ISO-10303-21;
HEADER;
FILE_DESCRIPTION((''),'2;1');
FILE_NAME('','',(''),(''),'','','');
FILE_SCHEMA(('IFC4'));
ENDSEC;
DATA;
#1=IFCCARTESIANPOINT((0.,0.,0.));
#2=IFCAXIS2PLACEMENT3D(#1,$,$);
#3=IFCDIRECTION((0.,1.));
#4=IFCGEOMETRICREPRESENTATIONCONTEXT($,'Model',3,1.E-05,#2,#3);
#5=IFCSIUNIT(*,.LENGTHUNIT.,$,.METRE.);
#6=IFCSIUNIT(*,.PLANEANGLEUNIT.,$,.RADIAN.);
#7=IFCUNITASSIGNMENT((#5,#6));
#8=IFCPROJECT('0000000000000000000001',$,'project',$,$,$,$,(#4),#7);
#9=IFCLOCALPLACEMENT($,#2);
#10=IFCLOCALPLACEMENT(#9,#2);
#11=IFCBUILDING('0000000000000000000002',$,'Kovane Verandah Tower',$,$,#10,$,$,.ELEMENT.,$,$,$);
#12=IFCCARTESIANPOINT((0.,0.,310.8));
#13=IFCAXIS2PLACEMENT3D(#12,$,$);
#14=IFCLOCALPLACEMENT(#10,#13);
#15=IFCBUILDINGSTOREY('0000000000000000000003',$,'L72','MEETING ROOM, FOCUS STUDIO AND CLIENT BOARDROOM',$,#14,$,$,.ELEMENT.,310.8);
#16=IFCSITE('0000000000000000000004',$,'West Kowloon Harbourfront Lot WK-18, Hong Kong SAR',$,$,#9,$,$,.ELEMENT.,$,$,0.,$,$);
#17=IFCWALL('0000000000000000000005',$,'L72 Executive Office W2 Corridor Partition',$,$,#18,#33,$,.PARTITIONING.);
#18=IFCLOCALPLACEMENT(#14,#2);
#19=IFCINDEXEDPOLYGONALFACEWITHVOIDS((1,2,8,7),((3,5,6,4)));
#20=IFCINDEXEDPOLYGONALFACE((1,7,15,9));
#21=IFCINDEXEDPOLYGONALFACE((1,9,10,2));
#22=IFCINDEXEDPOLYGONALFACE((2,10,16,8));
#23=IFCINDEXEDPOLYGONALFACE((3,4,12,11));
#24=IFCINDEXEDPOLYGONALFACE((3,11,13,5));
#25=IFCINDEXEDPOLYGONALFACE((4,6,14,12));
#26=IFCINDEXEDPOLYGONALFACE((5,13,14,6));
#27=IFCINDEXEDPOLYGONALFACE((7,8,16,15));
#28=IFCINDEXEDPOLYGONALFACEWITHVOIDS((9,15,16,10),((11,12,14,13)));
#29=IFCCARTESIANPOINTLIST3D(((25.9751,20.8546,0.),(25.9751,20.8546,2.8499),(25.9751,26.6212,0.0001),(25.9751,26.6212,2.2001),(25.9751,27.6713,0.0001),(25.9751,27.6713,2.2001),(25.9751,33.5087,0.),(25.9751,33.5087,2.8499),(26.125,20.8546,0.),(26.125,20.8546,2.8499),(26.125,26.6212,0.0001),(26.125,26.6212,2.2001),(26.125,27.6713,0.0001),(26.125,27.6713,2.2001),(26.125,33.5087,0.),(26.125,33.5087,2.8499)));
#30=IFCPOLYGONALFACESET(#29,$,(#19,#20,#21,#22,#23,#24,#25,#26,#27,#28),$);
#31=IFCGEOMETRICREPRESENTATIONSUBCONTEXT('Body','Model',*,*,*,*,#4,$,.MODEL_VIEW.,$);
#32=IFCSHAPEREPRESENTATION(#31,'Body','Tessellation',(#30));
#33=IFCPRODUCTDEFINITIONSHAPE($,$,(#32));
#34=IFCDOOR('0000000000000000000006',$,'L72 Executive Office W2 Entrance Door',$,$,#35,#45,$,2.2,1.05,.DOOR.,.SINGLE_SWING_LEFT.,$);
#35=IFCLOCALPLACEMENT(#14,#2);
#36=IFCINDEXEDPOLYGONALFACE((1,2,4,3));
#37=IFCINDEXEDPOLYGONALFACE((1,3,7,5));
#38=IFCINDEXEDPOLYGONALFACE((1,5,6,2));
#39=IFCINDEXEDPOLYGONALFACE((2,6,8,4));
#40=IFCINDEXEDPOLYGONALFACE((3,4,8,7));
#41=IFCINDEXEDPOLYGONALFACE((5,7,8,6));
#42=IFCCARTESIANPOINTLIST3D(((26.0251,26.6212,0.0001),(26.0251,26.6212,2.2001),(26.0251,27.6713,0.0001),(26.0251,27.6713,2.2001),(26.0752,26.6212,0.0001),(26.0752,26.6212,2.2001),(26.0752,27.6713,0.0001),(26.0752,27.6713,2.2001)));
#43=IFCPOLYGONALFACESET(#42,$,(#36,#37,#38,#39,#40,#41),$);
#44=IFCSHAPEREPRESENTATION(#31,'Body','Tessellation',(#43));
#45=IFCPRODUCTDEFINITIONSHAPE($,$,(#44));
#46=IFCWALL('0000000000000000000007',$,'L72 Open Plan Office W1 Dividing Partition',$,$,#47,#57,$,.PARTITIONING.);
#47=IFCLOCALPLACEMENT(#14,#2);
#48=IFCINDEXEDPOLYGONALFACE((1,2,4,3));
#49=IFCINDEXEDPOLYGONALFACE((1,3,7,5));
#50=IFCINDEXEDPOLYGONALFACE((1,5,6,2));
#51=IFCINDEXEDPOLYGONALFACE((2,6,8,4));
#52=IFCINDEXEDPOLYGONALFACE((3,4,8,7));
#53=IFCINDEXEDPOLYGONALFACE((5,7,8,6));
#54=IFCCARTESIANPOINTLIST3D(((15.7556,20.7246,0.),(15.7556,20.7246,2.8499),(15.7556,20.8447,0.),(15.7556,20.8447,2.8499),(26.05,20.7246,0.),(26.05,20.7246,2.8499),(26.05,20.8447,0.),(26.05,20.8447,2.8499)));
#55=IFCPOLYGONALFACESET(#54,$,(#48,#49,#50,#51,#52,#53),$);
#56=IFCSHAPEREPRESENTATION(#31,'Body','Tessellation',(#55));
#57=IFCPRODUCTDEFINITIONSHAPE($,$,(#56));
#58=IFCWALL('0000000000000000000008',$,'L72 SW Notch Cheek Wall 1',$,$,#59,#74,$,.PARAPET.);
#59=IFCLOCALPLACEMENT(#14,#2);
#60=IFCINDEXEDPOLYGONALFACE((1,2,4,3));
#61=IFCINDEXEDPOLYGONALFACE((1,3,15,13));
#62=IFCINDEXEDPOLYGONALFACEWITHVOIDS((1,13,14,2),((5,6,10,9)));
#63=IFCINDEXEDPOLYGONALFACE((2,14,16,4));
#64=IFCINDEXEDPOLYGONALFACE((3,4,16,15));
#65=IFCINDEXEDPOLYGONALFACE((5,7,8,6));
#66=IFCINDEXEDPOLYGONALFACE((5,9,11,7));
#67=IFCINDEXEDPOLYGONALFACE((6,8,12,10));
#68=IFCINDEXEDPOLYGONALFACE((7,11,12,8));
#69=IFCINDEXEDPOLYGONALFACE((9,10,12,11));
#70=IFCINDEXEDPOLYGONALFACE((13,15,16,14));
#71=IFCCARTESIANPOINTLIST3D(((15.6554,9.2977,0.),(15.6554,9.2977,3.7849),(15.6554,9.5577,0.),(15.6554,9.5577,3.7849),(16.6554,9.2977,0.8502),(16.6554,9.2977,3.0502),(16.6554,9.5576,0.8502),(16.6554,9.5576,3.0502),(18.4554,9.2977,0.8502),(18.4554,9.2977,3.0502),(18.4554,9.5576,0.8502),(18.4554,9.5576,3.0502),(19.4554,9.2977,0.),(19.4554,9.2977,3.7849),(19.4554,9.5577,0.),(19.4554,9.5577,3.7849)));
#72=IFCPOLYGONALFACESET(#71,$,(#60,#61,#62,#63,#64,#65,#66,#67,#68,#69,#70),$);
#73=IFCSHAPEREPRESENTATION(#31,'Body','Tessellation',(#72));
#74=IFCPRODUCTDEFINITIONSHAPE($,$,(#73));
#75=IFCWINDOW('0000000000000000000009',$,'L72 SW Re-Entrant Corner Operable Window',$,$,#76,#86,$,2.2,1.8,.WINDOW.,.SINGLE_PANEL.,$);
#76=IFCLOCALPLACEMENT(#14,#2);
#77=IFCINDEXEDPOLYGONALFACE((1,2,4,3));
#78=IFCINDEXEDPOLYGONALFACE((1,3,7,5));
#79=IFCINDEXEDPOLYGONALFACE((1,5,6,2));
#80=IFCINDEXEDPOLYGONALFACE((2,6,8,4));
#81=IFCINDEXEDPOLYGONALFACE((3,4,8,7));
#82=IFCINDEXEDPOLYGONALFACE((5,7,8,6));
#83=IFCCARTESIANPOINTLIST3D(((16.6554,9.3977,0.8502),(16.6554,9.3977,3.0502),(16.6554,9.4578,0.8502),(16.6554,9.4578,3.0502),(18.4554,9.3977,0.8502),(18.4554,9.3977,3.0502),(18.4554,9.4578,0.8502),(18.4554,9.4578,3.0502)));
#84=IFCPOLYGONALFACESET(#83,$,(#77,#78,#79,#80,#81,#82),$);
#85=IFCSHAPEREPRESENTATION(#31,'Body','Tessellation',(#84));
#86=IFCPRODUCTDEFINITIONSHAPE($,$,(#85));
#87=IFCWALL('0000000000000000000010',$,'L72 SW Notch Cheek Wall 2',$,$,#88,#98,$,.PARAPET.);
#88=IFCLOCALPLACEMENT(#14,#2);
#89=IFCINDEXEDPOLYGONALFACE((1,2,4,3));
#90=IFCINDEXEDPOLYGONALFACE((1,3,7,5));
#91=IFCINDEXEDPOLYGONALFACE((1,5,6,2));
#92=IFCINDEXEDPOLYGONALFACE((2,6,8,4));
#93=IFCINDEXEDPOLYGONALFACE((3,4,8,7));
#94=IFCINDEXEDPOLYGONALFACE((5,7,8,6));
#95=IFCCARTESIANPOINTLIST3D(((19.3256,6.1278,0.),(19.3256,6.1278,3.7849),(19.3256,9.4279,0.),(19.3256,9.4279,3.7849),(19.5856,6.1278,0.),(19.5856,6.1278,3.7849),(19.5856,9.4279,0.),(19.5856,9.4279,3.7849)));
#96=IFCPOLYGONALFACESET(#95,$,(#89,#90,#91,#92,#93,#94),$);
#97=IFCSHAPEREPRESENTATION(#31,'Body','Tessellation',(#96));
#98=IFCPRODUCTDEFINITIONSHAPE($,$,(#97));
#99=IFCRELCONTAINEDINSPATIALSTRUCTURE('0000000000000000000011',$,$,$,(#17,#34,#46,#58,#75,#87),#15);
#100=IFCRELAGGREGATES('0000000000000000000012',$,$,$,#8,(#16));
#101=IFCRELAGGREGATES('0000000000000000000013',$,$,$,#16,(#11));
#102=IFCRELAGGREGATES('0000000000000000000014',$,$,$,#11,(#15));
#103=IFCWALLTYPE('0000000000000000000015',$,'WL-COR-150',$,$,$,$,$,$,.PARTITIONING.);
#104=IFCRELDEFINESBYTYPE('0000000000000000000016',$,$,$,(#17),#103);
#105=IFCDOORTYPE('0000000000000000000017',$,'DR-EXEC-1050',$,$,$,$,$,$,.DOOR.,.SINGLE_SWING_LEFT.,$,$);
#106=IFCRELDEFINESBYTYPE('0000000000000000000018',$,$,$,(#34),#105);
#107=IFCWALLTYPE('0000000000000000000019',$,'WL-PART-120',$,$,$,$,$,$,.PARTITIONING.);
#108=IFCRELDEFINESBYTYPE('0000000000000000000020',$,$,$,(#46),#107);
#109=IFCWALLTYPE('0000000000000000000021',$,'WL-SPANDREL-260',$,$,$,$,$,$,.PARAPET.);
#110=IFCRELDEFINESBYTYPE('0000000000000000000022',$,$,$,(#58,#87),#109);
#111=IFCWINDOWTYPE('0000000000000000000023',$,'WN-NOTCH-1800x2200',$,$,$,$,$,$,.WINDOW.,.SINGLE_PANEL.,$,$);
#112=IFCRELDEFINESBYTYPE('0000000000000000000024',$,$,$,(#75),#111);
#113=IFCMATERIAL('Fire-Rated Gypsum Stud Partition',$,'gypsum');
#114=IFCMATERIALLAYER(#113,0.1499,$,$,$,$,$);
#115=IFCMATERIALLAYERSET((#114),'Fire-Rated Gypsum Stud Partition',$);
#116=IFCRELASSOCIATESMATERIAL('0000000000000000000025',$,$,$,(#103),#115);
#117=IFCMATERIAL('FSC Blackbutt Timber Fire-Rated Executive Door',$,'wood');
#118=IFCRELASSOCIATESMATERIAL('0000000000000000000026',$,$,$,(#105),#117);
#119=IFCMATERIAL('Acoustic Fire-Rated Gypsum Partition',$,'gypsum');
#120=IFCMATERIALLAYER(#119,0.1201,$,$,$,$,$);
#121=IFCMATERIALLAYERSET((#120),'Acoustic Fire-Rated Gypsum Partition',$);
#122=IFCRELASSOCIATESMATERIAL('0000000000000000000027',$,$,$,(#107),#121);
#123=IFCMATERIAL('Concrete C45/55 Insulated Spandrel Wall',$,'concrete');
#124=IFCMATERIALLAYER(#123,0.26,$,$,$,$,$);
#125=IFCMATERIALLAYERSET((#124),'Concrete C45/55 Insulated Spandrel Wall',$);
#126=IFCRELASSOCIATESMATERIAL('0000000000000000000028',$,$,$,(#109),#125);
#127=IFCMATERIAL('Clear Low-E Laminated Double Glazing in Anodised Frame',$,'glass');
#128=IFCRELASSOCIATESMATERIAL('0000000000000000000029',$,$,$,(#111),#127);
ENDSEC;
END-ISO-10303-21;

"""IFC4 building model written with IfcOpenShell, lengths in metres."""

from ifc_helpers import new_model, si_unit, direction, frame, frame_2d, origin, place, context, subcontext, project, spatial, rectangle, extrude, material, layer, layer_set, type_object, element, fill, save


model = new_model("IFC4")

# Units and contexts
model_context = context("Model", 3, precision=1e-05, world=origin(), true_north=direction((0.0, 1.0)))
body_context = subcontext(model_context, "Body", "Model", "MODEL_VIEW")
ifc_project = project(units=[si_unit("LENGTHUNIT", "METRE"), si_unit("PLANEANGLEUNIT", "RADIAN")], contexts=[model_context])

# Site, building, storey
site_placement = place(None, origin())
site = spatial("IfcSite", under=ifc_project, at=site_placement, Name="West Kowloon Harbourfront Lot WK-18, Hong Kong SAR", CompositionType="ELEMENT", RefElevation=0.0)
building_placement = place(site_placement, origin())
building = spatial("IfcBuilding", under=site, at=building_placement, Name="Kovane Verandah Tower", CompositionType="ELEMENT")
storey_placement = place(building_placement, frame((0.0, 0.0, 310.8)))
storey = spatial("IfcBuildingStorey", under=building, at=storey_placement, Name="L72", Description="MEETING ROOM, FOCUS STUDIO AND CLIENT BOARDROOM", CompositionType="ELEMENT", Elevation=310.8)

# Wall, opening, door
ifc_material_1 = material(Name="Fire-Rated Gypsum Stud Partition", Category="gypsum")
ifc_layer_1 = layer(ifc_material_1, 0.1499)
ifc_layer_set_1 = layer_set([ifc_layer_1], Name="Fire-Rated Gypsum Stud Partition")
wall_type_1 = type_object("IfcWallType", Name="WL-COR-150", PredefinedType="PARTITIONING", material=ifc_layer_set_1)
wall_1_placement = place(storey_placement, frame((26.05, 20.8545, 0.0), z_axis=(0.0, 0.0, 1.0), x_axis=(0.0, 1.0, 0.0)))
wall_1 = element("IfcWall", 1, at=wall_1_placement, inside=storey, type_object=wall_type_1, Name="L72 Executive Office W2 Corridor Partition", PredefinedType="PARTITIONING", context=body_context, shape_type="SweptSolid", body=[
    extrude(rectangle(XDim=12.6541, YDim=0.1499, at=frame_2d((6.3271, 0.0))), origin(), (0.0, 0.0, 1.0), 2.8499),
])
opening_1_placement = place(wall_1_placement, frame((5.7668, 0.0, 0.0)))
opening_1 = element("IfcOpeningElement", 2, at=opening_1_placement, cuts=wall_1, PredefinedType="OPENING", context=body_context, shape_type="SweptSolid", body=[
    extrude(rectangle(XDim=1.05, YDim=2.2, at=frame_2d((0.5249, 1.1001))), frame((0.0, 0.075, 0.0), z_axis=(0.0, -1.0, 0.0), x_axis=(1.0, 0.0, 0.0)), (0.0, 0.0, 1.0), 0.1499),
])
ifc_material_2 = material(Name="FSC Blackbutt Timber Fire-Rated Executive Door", Category="wood")
door_type_1 = type_object("IfcDoorType", Name="DR-EXEC-1050", OperationType="SINGLE_SWING_LEFT", PredefinedType="DOOR", material=ifc_material_2)
door_1_placement = place(opening_1_placement, origin())
door_1 = element("IfcDoor", 3, at=door_1_placement, inside=storey, type_object=door_type_1, Name="L72 Executive Office W2 Entrance Door", OperationType="SINGLE_SWING_LEFT", OverallHeight=2.2, OverallWidth=1.05, PredefinedType="DOOR", context=body_context, shape_type="SweptSolid", body=[
    extrude(rectangle(XDim=1.05, YDim=2.2, at=frame_2d((0.5249, 1.1001))), frame((0.0, 0.0249, 0.0), z_axis=(0.0, -1.0, 0.0), x_axis=(1.0, 0.0, 0.0)), (0.0, 0.0, 1.0), 0.05),
])
fill(opening_1, door_1)

# Wall
ifc_material_3 = material(Name="Acoustic Fire-Rated Gypsum Partition", Category="gypsum")
ifc_layer_2 = layer(ifc_material_3, 0.1201)
ifc_layer_set_2 = layer_set([ifc_layer_2], Name="Acoustic Fire-Rated Gypsum Partition")
wall_type_2 = type_object("IfcWallType", Name="WL-PART-120", PredefinedType="PARTITIONING", material=ifc_layer_set_2)
wall_2_placement = place(storey_placement, frame((15.7556, 20.7847, 0.0), z_axis=(0.0, 0.0, 1.0), x_axis=(1.0, 0.0, 0.0)))
element("IfcWall", 4, at=wall_2_placement, inside=storey, type_object=wall_type_2, Name="L72 Open Plan Office W1 Dividing Partition", PredefinedType="PARTITIONING", context=body_context, shape_type="SweptSolid", body=[
    extrude(rectangle(XDim=10.2944, YDim=0.1201, at=frame_2d((5.1472, 0.0))), origin(), (0.0, 0.0, 1.0), 2.8499),
])

# Shared definitions
ifc_material_4 = material(Name="Concrete C45/55 Insulated Spandrel Wall", Category="concrete")
ifc_layer_3 = layer(ifc_material_4, 0.26)
ifc_layer_set_3 = layer_set([ifc_layer_3], Name="Concrete C45/55 Insulated Spandrel Wall")
wall_type_3 = type_object("IfcWallType", Name="WL-SPANDREL-260", PredefinedType="PARAPET", material=ifc_layer_set_3)
ifc_material_5 = material(Name="Clear Low-E Laminated Double Glazing in Anodised Frame", Category="glass")

# Wall, opening, window
wall_3_placement = place(storey_placement, frame((15.6555, 9.4277, 0.0), z_axis=(0.0, 0.0, 1.0), x_axis=(1.0, 0.0, 0.0)))
wall_3 = element("IfcWall", 5, at=wall_3_placement, inside=storey, type_object=wall_type_3, Name="L72 SW Notch Cheek Wall 1", PredefinedType="PARAPET", context=body_context, shape_type="SweptSolid", body=[
    extrude(rectangle(XDim=3.8, YDim=0.26, at=frame_2d((1.8999, 0.0))), origin(), (0.0, 0.0, 1.0), 3.7849),
])
opening_2_placement = place(wall_3_placement, frame((1.0, 0.0, 0.8501)))
opening_2 = element("IfcOpeningElement", 6, at=opening_2_placement, cuts=wall_3, PredefinedType="OPENING", context=body_context, shape_type="SweptSolid", body=[
    extrude(rectangle(XDim=1.8, YDim=2.2, at=frame_2d((0.8999, 1.1001))), frame((0.0, 0.1299, 0.0), z_axis=(0.0, -1.0, 0.0), x_axis=(1.0, 0.0, 0.0)), (0.0, 0.0, 1.0), 0.26),
])
window_type_1 = type_object("IfcWindowType", Name="WN-NOTCH-1800x2200", PartitioningType="SINGLE_PANEL", PredefinedType="WINDOW", material=ifc_material_5)
window_1_placement = place(opening_2_placement, origin())
window_1 = element("IfcWindow", 7, at=window_1_placement, inside=storey, type_object=window_type_1, Name="L72 SW Re-Entrant Corner Operable Window", OverallHeight=2.2, OverallWidth=1.8, PartitioningType="SINGLE_PANEL", PredefinedType="WINDOW", context=body_context, shape_type="SweptSolid", body=[
    extrude(rectangle(XDim=1.8, YDim=2.2, at=frame_2d((0.8999, 1.1001))), frame((0.0, 0.03, 0.0), z_axis=(0.0, -1.0, 0.0), x_axis=(1.0, 0.0, 0.0)), (0.0, 0.0, 1.0), 0.0601),
])
fill(opening_2, window_1)

# Wall
wall_4_placement = place(storey_placement, frame((19.4556, 9.4277, 0.0), z_axis=(0.0, 0.0, 1.0), x_axis=(0.0, -1.0, 0.0)))
element("IfcWall", 8, at=wall_4_placement, inside=storey, type_object=wall_type_3, Name="L72 SW Notch Cheek Wall 2", PredefinedType="PARAPET", context=body_context, shape_type="SweptSolid", body=[
    extrude(rectangle(XDim=3.3, YDim=0.26, at=frame_2d((1.6499, 0.0))), origin(), (0.0, 0.0, 1.0), 3.7849),
])

save(model, "model.ifc")
